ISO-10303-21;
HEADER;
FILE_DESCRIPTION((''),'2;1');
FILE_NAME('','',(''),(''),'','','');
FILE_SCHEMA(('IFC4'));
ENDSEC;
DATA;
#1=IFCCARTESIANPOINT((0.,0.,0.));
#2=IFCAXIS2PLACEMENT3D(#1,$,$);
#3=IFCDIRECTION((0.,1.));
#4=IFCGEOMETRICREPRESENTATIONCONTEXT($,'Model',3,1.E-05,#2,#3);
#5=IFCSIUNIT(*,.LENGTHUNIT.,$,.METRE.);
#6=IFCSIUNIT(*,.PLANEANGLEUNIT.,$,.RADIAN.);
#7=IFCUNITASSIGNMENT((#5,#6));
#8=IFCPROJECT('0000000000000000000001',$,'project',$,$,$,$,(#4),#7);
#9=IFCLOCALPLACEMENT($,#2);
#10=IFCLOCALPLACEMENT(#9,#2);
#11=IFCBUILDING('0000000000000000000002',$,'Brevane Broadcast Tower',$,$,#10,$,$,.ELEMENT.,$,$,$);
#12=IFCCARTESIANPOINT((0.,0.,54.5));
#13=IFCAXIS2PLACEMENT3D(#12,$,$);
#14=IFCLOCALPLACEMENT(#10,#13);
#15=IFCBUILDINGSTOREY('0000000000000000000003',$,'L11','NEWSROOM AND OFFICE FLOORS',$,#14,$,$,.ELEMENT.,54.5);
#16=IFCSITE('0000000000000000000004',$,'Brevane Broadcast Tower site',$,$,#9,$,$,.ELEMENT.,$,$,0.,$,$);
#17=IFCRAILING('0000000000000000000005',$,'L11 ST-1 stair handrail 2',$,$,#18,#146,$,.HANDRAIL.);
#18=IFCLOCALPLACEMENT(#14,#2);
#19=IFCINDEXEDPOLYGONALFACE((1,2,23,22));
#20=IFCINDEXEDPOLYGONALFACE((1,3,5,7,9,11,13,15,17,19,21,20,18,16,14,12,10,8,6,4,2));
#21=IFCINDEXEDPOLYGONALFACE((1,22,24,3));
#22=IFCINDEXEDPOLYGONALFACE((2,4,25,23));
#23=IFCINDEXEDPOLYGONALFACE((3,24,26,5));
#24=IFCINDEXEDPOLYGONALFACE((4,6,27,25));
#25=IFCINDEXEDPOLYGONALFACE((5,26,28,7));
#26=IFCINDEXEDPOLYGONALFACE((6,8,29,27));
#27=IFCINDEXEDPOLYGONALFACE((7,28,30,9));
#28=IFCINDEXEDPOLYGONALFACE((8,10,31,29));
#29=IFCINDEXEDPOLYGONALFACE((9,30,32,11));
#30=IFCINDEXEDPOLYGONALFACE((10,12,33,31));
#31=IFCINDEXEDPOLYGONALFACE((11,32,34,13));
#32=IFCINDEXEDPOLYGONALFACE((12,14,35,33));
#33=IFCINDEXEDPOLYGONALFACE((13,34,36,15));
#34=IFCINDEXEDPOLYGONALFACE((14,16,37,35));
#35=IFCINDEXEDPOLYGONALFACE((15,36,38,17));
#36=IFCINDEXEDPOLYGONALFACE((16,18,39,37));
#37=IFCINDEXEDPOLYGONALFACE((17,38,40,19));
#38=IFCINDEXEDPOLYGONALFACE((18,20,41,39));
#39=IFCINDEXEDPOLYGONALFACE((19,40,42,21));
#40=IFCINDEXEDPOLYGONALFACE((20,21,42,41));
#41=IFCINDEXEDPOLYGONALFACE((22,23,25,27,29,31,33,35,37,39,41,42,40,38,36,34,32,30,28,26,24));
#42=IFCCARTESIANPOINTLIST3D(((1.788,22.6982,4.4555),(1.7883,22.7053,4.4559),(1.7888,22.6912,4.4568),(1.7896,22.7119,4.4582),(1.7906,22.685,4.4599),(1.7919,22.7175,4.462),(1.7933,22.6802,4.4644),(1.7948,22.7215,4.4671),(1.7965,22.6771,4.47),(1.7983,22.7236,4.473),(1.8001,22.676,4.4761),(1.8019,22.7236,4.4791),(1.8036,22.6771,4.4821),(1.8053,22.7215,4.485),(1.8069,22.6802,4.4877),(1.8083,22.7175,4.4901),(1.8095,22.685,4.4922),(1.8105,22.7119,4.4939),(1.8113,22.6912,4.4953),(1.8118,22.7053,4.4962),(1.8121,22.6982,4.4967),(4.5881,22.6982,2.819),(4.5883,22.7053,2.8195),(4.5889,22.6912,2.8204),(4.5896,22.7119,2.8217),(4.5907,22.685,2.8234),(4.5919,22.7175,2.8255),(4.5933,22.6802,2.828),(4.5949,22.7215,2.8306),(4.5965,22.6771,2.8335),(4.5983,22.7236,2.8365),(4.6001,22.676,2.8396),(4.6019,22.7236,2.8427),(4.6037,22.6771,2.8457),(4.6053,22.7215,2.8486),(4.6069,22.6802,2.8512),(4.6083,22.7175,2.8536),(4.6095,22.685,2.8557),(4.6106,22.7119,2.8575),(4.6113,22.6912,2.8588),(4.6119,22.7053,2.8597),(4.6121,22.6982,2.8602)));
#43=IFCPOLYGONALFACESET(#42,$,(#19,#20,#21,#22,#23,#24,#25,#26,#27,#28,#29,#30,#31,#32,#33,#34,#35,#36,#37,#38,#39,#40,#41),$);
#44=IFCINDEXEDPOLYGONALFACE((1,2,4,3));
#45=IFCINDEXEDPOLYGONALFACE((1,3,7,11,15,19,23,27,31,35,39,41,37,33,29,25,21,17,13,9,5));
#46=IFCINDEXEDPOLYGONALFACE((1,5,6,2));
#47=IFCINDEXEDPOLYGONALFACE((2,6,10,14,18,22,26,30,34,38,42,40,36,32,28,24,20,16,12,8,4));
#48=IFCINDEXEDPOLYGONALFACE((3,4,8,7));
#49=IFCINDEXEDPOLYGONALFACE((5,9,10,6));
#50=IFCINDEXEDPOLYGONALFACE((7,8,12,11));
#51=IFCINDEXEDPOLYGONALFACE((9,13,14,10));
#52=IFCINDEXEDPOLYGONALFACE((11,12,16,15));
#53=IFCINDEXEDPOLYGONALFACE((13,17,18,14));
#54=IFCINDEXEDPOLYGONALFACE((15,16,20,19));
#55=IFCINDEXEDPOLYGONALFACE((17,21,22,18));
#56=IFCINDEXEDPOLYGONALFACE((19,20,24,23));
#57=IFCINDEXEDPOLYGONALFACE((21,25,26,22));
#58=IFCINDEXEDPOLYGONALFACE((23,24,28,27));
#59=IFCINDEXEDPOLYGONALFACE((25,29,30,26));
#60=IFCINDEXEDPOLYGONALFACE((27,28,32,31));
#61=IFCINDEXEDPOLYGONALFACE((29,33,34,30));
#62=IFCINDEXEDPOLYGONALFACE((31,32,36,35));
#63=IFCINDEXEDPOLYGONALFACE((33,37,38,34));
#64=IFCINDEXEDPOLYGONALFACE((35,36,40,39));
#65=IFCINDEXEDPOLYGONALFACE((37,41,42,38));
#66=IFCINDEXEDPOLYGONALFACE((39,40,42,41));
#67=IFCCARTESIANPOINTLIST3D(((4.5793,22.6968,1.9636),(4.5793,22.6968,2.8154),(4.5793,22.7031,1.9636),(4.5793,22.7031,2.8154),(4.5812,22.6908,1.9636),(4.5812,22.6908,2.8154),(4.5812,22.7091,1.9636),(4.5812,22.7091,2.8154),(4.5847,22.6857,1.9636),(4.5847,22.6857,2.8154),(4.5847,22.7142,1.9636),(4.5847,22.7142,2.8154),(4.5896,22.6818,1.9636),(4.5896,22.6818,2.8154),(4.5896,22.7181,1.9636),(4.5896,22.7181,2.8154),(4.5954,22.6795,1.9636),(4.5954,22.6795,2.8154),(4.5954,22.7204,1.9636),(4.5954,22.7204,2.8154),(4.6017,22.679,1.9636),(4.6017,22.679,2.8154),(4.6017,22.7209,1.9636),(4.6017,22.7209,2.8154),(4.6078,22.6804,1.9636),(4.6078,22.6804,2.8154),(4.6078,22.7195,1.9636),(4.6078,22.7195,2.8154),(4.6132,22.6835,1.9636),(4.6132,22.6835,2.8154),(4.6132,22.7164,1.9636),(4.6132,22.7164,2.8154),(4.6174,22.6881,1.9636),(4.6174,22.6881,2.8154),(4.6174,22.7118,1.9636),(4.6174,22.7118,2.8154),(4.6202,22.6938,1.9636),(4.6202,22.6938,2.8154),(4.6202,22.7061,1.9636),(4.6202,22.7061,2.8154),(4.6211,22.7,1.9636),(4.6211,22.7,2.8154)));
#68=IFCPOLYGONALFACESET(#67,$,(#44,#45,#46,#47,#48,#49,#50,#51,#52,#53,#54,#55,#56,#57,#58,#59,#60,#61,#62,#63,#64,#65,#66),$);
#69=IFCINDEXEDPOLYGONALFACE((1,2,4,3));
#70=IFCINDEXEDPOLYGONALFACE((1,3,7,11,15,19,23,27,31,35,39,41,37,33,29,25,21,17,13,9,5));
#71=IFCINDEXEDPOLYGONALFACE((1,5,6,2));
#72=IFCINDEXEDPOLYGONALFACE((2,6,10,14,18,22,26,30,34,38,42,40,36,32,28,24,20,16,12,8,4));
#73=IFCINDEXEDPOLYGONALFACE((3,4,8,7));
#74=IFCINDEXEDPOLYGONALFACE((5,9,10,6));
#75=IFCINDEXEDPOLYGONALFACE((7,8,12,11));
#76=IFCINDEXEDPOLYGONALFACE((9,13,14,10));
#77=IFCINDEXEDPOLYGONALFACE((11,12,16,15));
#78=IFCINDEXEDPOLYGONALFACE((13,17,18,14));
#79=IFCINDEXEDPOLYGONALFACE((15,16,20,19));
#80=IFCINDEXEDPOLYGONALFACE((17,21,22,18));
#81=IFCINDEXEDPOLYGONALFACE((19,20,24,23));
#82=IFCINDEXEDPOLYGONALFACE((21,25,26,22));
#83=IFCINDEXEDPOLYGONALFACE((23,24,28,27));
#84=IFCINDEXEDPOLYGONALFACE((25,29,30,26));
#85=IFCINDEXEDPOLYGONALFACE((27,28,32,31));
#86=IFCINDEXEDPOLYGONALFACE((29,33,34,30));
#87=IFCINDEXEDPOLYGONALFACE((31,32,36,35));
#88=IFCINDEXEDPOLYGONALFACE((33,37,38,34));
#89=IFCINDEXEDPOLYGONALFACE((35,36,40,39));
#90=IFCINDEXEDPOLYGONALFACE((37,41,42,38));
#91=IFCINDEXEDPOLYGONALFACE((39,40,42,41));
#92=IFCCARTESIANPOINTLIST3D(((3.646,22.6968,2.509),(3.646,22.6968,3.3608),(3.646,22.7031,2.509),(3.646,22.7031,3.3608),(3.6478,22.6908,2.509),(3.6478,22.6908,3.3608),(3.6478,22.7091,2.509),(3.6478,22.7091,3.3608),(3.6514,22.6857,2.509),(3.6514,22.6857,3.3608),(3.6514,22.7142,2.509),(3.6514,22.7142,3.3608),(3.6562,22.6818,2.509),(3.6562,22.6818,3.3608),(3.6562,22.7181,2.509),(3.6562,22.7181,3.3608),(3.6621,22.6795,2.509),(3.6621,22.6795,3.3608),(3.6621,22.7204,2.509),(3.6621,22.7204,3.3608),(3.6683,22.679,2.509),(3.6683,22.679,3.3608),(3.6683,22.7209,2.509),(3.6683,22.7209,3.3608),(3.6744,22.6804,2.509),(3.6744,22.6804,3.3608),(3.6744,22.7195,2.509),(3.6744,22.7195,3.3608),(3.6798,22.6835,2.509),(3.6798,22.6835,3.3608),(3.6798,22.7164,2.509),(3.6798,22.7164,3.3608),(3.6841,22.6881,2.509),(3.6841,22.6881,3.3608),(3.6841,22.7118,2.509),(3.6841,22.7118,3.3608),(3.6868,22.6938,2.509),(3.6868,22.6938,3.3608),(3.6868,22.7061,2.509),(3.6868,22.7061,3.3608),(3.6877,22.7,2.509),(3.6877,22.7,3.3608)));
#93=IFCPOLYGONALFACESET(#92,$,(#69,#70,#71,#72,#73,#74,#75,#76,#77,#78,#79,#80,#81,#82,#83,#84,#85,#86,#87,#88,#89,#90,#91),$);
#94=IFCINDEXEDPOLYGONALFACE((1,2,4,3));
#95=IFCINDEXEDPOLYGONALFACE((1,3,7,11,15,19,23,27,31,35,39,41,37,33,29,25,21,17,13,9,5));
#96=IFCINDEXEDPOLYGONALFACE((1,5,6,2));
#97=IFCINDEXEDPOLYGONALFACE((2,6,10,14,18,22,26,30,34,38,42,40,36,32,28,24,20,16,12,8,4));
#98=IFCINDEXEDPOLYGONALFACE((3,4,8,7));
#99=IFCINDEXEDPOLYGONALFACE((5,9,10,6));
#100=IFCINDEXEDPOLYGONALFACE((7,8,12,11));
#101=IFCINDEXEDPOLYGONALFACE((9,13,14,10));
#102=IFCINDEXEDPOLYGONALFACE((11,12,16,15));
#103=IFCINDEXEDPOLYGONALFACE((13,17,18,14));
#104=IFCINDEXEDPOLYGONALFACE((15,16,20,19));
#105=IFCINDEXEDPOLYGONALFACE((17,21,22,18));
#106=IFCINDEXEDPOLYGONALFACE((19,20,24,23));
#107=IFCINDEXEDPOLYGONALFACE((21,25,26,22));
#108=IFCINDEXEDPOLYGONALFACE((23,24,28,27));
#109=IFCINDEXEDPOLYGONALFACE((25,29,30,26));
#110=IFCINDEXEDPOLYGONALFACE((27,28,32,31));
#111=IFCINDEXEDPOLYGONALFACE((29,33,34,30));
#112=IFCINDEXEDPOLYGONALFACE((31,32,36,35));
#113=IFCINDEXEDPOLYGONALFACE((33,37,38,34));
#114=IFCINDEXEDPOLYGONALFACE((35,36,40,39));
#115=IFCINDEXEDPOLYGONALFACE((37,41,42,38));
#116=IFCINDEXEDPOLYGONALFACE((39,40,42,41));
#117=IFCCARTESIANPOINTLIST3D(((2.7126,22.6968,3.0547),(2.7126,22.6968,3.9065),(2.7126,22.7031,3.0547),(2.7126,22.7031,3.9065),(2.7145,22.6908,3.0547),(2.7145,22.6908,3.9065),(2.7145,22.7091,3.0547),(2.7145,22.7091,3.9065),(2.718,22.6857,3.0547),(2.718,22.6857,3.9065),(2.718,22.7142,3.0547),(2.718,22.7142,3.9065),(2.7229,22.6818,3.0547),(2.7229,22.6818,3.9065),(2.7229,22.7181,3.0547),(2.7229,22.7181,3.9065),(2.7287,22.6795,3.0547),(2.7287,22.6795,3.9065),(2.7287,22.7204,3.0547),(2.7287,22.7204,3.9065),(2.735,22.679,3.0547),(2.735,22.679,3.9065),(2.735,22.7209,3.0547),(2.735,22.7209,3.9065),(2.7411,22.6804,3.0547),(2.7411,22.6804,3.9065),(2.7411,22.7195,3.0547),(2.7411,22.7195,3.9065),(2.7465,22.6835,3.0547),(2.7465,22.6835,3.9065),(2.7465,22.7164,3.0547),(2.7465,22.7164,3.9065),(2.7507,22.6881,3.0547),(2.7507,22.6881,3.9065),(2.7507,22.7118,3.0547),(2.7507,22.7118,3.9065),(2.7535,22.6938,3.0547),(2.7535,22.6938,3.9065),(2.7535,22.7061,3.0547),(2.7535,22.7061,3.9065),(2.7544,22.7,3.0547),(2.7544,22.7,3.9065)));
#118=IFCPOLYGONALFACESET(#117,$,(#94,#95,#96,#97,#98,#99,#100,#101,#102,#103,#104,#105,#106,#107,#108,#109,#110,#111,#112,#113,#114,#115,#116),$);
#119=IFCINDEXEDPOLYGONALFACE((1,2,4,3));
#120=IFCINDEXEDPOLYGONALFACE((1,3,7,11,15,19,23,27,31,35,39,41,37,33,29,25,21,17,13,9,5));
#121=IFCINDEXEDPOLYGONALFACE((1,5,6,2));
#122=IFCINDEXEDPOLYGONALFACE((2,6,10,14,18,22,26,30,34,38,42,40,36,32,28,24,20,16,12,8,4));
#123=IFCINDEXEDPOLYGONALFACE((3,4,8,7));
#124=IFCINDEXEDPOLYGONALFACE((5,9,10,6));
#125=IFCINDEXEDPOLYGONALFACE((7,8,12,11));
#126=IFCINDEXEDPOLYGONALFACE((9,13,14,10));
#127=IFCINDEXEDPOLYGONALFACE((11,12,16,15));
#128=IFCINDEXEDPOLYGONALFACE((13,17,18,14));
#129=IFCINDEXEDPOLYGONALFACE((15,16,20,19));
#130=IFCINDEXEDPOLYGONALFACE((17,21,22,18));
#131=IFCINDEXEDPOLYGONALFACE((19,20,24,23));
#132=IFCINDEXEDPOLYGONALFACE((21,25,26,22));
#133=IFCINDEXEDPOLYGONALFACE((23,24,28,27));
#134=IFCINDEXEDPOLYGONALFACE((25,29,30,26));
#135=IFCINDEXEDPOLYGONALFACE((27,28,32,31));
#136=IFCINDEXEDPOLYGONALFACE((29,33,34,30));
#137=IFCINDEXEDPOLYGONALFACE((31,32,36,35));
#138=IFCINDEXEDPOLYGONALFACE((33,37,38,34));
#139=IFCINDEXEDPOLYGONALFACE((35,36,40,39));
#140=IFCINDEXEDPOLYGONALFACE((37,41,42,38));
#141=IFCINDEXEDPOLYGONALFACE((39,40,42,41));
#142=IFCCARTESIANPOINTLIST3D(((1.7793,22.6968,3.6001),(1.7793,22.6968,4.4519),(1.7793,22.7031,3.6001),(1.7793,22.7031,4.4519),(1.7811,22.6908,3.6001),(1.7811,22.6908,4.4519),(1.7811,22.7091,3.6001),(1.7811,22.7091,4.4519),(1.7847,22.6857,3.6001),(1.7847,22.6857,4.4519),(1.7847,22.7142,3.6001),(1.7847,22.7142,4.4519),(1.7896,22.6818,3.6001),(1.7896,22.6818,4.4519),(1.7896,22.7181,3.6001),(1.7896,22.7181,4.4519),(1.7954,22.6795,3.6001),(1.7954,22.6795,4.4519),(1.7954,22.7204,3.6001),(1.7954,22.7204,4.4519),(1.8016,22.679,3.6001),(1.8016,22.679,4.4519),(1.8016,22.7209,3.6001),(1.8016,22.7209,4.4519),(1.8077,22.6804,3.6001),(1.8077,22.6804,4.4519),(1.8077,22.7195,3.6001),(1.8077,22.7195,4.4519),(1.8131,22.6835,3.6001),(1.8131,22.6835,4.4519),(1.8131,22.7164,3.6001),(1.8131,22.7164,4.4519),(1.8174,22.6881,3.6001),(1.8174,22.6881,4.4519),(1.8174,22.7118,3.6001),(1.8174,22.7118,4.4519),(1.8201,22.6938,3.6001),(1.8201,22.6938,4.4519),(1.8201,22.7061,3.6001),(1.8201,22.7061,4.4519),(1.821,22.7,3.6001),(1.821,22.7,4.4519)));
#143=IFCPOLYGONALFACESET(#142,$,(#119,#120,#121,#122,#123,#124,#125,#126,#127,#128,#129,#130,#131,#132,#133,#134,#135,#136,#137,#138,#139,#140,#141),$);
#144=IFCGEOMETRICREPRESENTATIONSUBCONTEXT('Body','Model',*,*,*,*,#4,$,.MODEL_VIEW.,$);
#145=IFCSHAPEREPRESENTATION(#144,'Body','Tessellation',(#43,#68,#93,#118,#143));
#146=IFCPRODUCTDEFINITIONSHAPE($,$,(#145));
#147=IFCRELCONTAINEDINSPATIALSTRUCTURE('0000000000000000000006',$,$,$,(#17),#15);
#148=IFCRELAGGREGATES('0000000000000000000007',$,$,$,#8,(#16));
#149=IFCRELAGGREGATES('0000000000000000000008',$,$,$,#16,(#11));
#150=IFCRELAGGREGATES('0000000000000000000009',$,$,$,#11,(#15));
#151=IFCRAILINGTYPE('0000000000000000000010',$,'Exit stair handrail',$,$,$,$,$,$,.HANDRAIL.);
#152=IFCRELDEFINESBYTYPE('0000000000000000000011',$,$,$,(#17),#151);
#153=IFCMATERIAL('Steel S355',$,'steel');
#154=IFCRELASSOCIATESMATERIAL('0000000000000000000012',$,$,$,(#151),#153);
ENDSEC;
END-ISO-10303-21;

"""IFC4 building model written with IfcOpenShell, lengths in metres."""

from ifc_helpers import new_model, si_unit, direction, frame, origin, origin_2d, place, context, subcontext, project, spatial, circle, extrude, material, type_object, element, save


model = new_model("IFC4")

# Units and contexts
model_context = context("Model", 3, precision=1e-05, world=origin(), true_north=direction((0.0, 1.0)))
body_context = subcontext(model_context, "Body", "Model", "MODEL_VIEW")
ifc_project = project(units=[si_unit("LENGTHUNIT", "METRE"), si_unit("PLANEANGLEUNIT", "RADIAN")], contexts=[model_context])

# Site, building, storey
site_placement = place(None, origin())
site = spatial("IfcSite", under=ifc_project, at=site_placement, Name="Brevane Broadcast Tower site", CompositionType="ELEMENT", RefElevation=0.0)
building_placement = place(site_placement, origin())
building = spatial("IfcBuilding", under=site, at=building_placement, Name="Brevane Broadcast Tower", CompositionType="ELEMENT")
storey_placement = place(building_placement, frame((0.0, 0.0, 54.5)))
storey = spatial("IfcBuildingStorey", under=building, at=storey_placement, Name="L11", Description="NEWSROOM AND OFFICE FLOORS", CompositionType="ELEMENT", Elevation=54.5)

# Railing
ifc_material_1 = material(Name="Steel S355", Category="steel")
railing_type_1 = type_object("IfcRailingType", Name="Exit stair handrail", PredefinedType="HANDRAIL", material=ifc_material_1)
railing_1_placement = place(storey_placement, frame((4.6001, 22.7, 1.9636)))
element("IfcRailing", 1, at=railing_1_placement, inside=storey, type_object=railing_type_1, Name="L11 ST-1 stair handrail 2", PredefinedType="HANDRAIL", context=body_context, shape_type="SweptSolid", body=[
    extrude(circle(Radius=0.0239, at=origin_2d()), frame((0.0, 0.0, 0.876), z_axis=(-0.863361, 0.0, 0.504587), x_axis=(0.0, -1.0, 0.0)), (0.0, 0.0, 1.0), 3.2432),
    extrude(circle(Radius=0.021, at=origin_2d()), origin(), (0.0, 0.0, 1.0), 0.8518),
    extrude(circle(Radius=0.021, at=origin_2d()), frame((-0.9333, 0.0, 0.5454)), (0.0, 0.0, 1.0), 0.8518),
    extrude(circle(Radius=0.021, at=origin_2d()), frame((-1.8667, 0.0, 1.0911)), (0.0, 0.0, 1.0), 0.8518),
    extrude(circle(Radius=0.021, at=origin_2d()), frame((-2.8, 0.0, 1.6365)), (0.0, 0.0, 1.0), 0.8518),
])

save(model, "model.ifc")
